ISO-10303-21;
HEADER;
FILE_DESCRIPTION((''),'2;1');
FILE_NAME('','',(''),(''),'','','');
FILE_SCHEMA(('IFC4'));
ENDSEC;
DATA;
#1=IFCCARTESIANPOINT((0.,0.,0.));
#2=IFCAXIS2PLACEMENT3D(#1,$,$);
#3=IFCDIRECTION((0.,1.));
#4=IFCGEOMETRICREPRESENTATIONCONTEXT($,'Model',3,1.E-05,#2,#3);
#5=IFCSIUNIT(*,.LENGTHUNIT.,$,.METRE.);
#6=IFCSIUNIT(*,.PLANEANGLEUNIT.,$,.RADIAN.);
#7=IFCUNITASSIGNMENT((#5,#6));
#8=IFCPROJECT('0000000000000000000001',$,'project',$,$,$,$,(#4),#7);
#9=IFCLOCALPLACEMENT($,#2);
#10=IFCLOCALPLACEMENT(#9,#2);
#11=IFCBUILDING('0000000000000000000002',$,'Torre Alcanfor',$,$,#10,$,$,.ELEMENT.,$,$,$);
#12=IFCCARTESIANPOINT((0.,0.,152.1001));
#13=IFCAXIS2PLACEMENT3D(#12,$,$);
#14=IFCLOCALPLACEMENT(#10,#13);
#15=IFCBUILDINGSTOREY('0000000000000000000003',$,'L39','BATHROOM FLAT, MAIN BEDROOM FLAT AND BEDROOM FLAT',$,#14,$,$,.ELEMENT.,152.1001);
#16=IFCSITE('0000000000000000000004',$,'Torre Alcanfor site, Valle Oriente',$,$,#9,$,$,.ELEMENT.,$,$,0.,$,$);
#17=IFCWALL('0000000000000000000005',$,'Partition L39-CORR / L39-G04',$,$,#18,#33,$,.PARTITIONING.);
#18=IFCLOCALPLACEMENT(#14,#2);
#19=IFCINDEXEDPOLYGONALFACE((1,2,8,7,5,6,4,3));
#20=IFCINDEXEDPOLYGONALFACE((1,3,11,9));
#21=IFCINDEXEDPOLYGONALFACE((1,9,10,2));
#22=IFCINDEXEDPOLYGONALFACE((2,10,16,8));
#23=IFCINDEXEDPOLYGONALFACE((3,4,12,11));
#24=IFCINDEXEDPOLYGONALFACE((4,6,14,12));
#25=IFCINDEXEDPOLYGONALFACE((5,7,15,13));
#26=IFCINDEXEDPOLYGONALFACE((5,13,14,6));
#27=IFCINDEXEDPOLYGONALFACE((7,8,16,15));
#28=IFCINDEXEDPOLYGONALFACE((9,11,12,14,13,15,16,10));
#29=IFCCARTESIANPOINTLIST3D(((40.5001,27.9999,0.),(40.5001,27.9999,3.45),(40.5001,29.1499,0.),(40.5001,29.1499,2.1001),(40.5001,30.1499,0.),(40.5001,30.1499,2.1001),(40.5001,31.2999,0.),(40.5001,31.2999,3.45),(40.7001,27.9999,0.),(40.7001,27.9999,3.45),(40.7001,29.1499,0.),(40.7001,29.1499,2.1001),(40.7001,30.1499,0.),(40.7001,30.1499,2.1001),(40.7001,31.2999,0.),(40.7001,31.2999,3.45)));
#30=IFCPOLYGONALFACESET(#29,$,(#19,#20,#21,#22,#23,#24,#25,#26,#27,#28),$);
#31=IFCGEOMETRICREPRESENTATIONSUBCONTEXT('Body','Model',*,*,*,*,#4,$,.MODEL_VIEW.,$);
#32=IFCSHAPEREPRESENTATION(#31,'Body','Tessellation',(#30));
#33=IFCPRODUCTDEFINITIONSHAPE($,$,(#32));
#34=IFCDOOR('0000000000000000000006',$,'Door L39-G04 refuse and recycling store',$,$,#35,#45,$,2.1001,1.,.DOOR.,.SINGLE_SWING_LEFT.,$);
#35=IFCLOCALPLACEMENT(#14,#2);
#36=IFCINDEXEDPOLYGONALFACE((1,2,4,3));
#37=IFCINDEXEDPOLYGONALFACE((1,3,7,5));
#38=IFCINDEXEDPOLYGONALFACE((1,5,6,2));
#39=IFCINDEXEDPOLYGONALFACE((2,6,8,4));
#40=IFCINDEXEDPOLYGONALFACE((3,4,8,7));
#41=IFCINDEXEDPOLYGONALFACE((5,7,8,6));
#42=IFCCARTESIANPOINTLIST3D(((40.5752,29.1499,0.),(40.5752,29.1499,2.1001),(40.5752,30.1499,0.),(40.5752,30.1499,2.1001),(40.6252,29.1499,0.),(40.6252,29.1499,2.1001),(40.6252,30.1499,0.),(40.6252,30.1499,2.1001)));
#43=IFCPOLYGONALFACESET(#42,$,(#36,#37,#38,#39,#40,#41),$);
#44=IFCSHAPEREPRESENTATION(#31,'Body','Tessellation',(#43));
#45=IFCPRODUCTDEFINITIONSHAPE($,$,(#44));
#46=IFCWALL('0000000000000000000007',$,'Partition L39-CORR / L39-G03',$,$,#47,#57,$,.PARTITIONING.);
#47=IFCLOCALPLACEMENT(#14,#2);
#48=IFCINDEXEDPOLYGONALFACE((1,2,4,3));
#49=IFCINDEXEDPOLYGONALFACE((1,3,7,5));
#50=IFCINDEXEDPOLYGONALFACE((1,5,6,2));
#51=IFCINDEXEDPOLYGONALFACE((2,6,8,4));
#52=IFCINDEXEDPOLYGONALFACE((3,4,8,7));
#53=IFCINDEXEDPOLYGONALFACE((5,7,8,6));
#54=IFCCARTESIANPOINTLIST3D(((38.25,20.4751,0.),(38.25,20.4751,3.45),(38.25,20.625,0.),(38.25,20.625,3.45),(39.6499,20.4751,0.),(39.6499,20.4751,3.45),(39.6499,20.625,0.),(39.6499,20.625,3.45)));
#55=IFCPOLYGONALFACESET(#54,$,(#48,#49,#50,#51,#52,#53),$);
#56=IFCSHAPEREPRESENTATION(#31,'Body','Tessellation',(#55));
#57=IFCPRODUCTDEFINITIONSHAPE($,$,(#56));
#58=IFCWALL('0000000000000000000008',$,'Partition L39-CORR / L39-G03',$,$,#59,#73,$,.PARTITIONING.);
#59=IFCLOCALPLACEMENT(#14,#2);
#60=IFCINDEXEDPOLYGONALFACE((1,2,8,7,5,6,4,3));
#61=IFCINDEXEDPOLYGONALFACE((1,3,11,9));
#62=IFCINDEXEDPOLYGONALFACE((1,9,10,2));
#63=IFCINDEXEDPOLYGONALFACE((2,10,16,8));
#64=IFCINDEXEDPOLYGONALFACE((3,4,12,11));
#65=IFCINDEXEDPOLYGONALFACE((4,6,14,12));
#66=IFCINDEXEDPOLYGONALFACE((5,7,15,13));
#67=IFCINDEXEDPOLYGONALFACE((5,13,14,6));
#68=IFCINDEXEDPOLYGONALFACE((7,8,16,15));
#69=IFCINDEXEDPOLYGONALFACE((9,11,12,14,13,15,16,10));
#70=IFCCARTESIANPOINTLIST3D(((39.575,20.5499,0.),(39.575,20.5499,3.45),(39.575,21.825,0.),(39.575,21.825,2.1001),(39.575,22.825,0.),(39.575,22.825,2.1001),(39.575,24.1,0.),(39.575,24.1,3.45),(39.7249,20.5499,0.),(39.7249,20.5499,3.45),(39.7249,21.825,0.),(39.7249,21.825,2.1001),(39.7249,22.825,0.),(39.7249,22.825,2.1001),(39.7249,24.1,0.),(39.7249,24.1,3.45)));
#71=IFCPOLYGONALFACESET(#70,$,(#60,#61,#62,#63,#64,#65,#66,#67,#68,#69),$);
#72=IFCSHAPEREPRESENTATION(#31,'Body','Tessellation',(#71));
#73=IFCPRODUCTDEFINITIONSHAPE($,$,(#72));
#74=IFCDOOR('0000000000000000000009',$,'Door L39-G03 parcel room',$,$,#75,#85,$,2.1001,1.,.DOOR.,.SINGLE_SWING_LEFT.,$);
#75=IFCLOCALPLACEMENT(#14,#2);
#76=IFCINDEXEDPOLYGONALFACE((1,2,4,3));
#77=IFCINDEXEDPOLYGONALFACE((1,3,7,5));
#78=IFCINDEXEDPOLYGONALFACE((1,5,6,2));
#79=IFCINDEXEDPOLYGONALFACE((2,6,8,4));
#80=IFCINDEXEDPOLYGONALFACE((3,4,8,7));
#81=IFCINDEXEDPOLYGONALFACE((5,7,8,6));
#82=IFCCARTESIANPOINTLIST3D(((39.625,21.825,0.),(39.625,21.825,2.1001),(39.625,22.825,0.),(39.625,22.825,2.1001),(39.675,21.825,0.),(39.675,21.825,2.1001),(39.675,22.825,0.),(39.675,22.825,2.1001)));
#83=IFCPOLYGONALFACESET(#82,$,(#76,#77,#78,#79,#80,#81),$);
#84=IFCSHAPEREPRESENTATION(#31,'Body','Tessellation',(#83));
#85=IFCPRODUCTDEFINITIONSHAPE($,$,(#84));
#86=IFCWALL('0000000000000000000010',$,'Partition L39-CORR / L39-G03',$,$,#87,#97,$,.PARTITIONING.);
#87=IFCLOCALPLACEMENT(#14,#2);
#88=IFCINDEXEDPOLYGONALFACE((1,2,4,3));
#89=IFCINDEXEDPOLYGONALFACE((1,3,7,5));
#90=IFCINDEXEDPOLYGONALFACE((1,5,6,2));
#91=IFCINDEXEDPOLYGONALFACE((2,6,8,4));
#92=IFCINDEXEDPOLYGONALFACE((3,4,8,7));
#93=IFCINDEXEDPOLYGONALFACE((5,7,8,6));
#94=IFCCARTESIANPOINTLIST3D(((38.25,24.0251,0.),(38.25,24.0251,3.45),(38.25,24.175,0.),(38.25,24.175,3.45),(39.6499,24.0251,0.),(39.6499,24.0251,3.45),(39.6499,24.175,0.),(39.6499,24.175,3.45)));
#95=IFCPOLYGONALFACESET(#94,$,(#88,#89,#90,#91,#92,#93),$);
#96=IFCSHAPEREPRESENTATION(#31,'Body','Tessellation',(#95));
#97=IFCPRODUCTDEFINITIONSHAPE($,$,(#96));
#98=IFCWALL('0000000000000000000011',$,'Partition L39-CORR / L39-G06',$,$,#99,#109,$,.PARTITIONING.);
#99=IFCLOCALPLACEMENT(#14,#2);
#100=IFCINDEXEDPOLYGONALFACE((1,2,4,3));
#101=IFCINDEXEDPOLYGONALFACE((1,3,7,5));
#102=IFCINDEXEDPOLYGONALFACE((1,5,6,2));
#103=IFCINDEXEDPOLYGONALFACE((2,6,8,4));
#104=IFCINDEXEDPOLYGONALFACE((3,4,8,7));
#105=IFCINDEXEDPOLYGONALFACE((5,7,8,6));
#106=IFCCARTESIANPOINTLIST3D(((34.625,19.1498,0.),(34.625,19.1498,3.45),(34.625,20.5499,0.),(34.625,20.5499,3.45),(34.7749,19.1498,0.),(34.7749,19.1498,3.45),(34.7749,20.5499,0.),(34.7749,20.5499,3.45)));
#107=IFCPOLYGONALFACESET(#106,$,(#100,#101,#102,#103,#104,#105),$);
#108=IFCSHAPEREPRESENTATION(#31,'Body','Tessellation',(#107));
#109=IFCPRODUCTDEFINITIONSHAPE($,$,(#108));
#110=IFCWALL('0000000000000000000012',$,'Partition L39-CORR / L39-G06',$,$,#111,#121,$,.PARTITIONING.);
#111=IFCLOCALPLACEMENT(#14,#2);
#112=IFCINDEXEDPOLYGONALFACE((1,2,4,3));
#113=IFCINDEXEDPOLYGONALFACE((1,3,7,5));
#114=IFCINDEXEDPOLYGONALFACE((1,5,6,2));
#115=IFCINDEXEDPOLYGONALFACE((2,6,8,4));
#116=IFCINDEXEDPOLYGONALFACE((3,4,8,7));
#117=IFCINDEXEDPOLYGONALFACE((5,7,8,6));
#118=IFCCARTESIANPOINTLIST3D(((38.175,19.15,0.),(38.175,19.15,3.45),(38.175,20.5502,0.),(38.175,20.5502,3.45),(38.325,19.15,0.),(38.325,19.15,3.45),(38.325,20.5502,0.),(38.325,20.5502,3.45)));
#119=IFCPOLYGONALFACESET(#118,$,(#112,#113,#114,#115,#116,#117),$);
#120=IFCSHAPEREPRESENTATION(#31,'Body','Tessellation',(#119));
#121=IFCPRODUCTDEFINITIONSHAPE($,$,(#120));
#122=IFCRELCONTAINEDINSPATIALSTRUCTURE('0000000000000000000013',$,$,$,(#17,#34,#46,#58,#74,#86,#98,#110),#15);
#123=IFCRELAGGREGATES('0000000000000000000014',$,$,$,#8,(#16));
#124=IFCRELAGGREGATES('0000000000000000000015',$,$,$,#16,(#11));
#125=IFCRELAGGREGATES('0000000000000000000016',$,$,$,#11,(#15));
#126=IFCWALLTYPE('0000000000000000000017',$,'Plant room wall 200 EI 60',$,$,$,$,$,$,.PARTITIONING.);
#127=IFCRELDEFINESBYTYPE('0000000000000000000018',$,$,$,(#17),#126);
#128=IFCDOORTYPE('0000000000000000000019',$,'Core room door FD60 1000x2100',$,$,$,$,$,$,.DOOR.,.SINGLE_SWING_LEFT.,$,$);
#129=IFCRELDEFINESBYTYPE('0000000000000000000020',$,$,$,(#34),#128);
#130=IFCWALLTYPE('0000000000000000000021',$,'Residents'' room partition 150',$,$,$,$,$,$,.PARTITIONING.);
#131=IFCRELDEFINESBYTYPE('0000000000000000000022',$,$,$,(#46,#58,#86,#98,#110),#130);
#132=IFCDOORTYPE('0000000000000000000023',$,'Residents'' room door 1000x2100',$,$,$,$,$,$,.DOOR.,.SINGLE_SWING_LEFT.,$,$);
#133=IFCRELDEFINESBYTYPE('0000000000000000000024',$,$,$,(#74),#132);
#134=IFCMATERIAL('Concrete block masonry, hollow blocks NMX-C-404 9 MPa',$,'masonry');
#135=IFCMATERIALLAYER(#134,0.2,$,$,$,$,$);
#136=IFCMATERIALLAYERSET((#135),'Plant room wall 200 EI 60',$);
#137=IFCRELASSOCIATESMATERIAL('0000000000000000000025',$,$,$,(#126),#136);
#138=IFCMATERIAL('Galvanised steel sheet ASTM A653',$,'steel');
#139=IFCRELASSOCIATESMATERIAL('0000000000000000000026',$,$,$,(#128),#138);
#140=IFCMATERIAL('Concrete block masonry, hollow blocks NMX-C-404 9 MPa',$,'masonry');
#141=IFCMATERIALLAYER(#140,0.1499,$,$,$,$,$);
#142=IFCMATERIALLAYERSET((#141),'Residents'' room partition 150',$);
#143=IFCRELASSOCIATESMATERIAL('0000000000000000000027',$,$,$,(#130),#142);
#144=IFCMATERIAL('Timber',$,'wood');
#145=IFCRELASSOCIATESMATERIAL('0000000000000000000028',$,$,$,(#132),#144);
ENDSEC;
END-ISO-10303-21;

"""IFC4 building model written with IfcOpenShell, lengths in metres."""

from ifc_helpers import new_model, si_unit, direction, frame, frame_2d, origin, place, context, subcontext, project, spatial, rectangle, extrude, material, layer, layer_set, type_object, element, fill, save


model = new_model("IFC4")

# Units and contexts
model_context = context("Model", 3, precision=1e-05, world=origin(), true_north=direction((0.0, 1.0)))
body_context = subcontext(model_context, "Body", "Model", "MODEL_VIEW")
ifc_project = project(units=[si_unit("LENGTHUNIT", "METRE"), si_unit("PLANEANGLEUNIT", "RADIAN")], contexts=[model_context])

# Site, building, storey
site_placement = place(None, origin())
site = spatial("IfcSite", under=ifc_project, at=site_placement, Name="Torre Alcanfor site, Valle Oriente", CompositionType="ELEMENT", RefElevation=0.0)
building_placement = place(site_placement, origin())
building = spatial("IfcBuilding", under=site, at=building_placement, Name="Torre Alcanfor", CompositionType="ELEMENT")
storey_placement = place(building_placement, frame((0.0, 0.0, 152.1001)))
storey = spatial("IfcBuildingStorey", under=building, at=storey_placement, Name="L39", Description="BATHROOM FLAT, MAIN BEDROOM FLAT AND BEDROOM FLAT", CompositionType="ELEMENT", Elevation=152.1001)

# Shared definitions
ifc_material_1 = material(Name="Concrete block masonry, hollow blocks NMX-C-404 9 MPa", Category="masonry")
ifc_layer_1 = layer(ifc_material_1, 0.2)
ifc_layer_set_1 = layer_set([ifc_layer_1], Name="Plant room wall 200 EI 60")
wall_type_1 = type_object("IfcWallType", Name="Plant room wall 200 EI 60", PredefinedType="PARTITIONING", material=ifc_layer_set_1)

# Wall, opening, door
wall_1_placement = place(storey_placement, frame((40.6001, 28.0, 0.0), z_axis=(0.0, 0.0, 1.0), x_axis=(0.0, 1.0, 0.0)))
wall_1 = element("IfcWall", 1, at=wall_1_placement, inside=storey, type_object=wall_type_1, Name="Partition L39-CORR / L39-G04", PredefinedType="PARTITIONING", context=body_context, shape_type="SweptSolid", body=[
    extrude(rectangle(XDim=3.3, YDim=0.2, at=frame_2d((1.6499, 0.0))), origin(), (0.0, 0.0, 1.0), 3.45),
])
opening_1_placement = place(wall_1_placement, frame((1.1499, 0.0, 0.0)))
opening_1 = element("IfcOpeningElement", 2, at=opening_1_placement, cuts=wall_1, PredefinedType="OPENING", context=body_context, shape_type="SweptSolid", body=[
    extrude(rectangle(XDim=1.0, YDim=2.1001, at=frame_2d((0.5, 1.05))), frame((0.0, 0.1099, 0.0), z_axis=(0.0, -1.0, 0.0), x_axis=(1.0, 0.0, 0.0)), (0.0, 0.0, 1.0), 0.22),
])
ifc_material_2 = material(Name="Galvanised steel sheet ASTM A653", Category="steel")
door_type_1 = type_object("IfcDoorType", Name="Core room door FD60 1000x2100", OperationType="SINGLE_SWING_LEFT", PredefinedType="DOOR", material=ifc_material_2)
door_1_placement = place(opening_1_placement, origin())
door_1 = element("IfcDoor", 3, at=door_1_placement, inside=storey, type_object=door_type_1, Name="Door L39-G04 refuse and recycling store", OperationType="SINGLE_SWING_LEFT", OverallHeight=2.1001, OverallWidth=1.0, PredefinedType="DOOR", context=body_context, shape_type="SweptSolid", body=[
    extrude(rectangle(XDim=1.0, YDim=2.1001, at=frame_2d((0.5, 1.05))), frame((0.0, 0.0249, 0.0), z_axis=(0.0, -1.0, 0.0), x_axis=(1.0, 0.0, 0.0)), (0.0, 0.0, 1.0), 0.05),
])
fill(opening_1, door_1)

# Wall
ifc_material_3 = material(Name="Concrete block masonry, hollow blocks NMX-C-404 9 MPa", Category="masonry")
ifc_layer_2 = layer(ifc_material_3, 0.1499)
ifc_layer_set_2 = layer_set([ifc_layer_2], Name="Residents' room partition 150")
wall_type_2 = type_object("IfcWallType", Name="Residents' room partition 150", PredefinedType="PARTITIONING", material=ifc_layer_set_2)
wall_2_placement = place(storey_placement, frame((38.25, 20.55, 0.0), z_axis=(0.0, 0.0, 1.0), x_axis=(1.0, 0.0, 0.0)))
element("IfcWall", 4, at=wall_2_placement, inside=storey, type_object=wall_type_2, Name="Partition L39-CORR / L39-G03", PredefinedType="PARTITIONING", context=body_context, shape_type="SweptSolid", body=[
    extrude(rectangle(XDim=1.3999, YDim=0.1499, at=frame_2d((0.7, 0.0))), origin(), (0.0, 0.0, 1.0), 3.45),
])

# Wall, opening, door
wall_3_placement = place(storey_placement, frame((39.6499, 20.55, 0.0), z_axis=(0.0, 0.0, 1.0), x_axis=(0.0, 1.0, 0.0)))
wall_3 = element("IfcWall", 5, at=wall_3_placement, inside=storey, type_object=wall_type_2, Name="Partition L39-CORR / L39-G03", PredefinedType="PARTITIONING", context=body_context, shape_type="SweptSolid", body=[
    extrude(rectangle(XDim=3.55, YDim=0.1499, at=frame_2d((1.7749, 0.0))), origin(), (0.0, 0.0, 1.0), 3.45),
])
opening_2_placement = place(wall_3_placement, frame((1.2749, 0.0, 0.0)))
opening_2 = element("IfcOpeningElement", 6, at=opening_2_placement, cuts=wall_3, PredefinedType="OPENING", context=body_context, shape_type="SweptSolid", body=[
    extrude(rectangle(XDim=1.0, YDim=2.1001, at=frame_2d((0.5, 1.05))), frame((0.0, 0.085, 0.0), z_axis=(0.0, -1.0, 0.0), x_axis=(1.0, 0.0, 0.0)), (0.0, 0.0, 1.0), 0.1699),
])
ifc_material_4 = material(Name="Timber", Category="wood")
door_type_2 = type_object("IfcDoorType", Name="Residents' room door 1000x2100", OperationType="SINGLE_SWING_LEFT", PredefinedType="DOOR", material=ifc_material_4)
door_2_placement = place(opening_2_placement, origin())
door_2 = element("IfcDoor", 7, at=door_2_placement, inside=storey, type_object=door_type_2, Name="Door L39-G03 parcel room", OperationType="SINGLE_SWING_LEFT", OverallHeight=2.1001, OverallWidth=1.0, PredefinedType="DOOR", context=body_context, shape_type="SweptSolid", body=[
    extrude(rectangle(XDim=1.0, YDim=2.1001, at=frame_2d((0.5, 1.05))), frame((0.0, 0.0249, 0.0), z_axis=(0.0, -1.0, 0.0), x_axis=(1.0, 0.0, 0.0)), (0.0, 0.0, 1.0), 0.05),
])
fill(opening_2, door_2)

# Walls
wall_4_placement = place(storey_placement, frame((39.6499, 24.1001, 0.0), z_axis=(0.0, 0.0, 1.0), x_axis=(-1.0, 0.0, 0.0)))
element("IfcWall", 8, at=wall_4_placement, inside=storey, type_object=wall_type_2, Name="Partition L39-CORR / L39-G03", PredefinedType="PARTITIONING", context=body_context, shape_type="SweptSolid", body=[
    extrude(rectangle(XDim=1.3999, YDim=0.1499, at=frame_2d((0.7, 0.0))), origin(), (0.0, 0.0, 1.0), 3.45),
])
for number, where, z_axis, x_axis, name in (
    (9, (34.7, 20.55, 0.0), (0.0, 0.0, 1.0), (0.0, -1.0, 0.0), "Partition L39-CORR / L39-G06"),
    (10, (38.25, 19.1499, 0.0), (0.0, 0.0, 1.0), (0.0, 1.0, 0.0), "Partition L39-CORR / L39-G06"),
):
    element("IfcWall", number, at=place(storey_placement, frame(where, z_axis=z_axis, x_axis=x_axis)), inside=storey, type_object=wall_type_2, Name=name, PredefinedType="PARTITIONING", context=body_context, shape_type="SweptSolid", body=[
        extrude(rectangle(XDim=1.4001, YDim=0.1499, at=frame_2d((0.7002, 0.0))), origin(), (0.0, 0.0, 1.0), 3.45),
    ])

save(model, "model.ifc")
